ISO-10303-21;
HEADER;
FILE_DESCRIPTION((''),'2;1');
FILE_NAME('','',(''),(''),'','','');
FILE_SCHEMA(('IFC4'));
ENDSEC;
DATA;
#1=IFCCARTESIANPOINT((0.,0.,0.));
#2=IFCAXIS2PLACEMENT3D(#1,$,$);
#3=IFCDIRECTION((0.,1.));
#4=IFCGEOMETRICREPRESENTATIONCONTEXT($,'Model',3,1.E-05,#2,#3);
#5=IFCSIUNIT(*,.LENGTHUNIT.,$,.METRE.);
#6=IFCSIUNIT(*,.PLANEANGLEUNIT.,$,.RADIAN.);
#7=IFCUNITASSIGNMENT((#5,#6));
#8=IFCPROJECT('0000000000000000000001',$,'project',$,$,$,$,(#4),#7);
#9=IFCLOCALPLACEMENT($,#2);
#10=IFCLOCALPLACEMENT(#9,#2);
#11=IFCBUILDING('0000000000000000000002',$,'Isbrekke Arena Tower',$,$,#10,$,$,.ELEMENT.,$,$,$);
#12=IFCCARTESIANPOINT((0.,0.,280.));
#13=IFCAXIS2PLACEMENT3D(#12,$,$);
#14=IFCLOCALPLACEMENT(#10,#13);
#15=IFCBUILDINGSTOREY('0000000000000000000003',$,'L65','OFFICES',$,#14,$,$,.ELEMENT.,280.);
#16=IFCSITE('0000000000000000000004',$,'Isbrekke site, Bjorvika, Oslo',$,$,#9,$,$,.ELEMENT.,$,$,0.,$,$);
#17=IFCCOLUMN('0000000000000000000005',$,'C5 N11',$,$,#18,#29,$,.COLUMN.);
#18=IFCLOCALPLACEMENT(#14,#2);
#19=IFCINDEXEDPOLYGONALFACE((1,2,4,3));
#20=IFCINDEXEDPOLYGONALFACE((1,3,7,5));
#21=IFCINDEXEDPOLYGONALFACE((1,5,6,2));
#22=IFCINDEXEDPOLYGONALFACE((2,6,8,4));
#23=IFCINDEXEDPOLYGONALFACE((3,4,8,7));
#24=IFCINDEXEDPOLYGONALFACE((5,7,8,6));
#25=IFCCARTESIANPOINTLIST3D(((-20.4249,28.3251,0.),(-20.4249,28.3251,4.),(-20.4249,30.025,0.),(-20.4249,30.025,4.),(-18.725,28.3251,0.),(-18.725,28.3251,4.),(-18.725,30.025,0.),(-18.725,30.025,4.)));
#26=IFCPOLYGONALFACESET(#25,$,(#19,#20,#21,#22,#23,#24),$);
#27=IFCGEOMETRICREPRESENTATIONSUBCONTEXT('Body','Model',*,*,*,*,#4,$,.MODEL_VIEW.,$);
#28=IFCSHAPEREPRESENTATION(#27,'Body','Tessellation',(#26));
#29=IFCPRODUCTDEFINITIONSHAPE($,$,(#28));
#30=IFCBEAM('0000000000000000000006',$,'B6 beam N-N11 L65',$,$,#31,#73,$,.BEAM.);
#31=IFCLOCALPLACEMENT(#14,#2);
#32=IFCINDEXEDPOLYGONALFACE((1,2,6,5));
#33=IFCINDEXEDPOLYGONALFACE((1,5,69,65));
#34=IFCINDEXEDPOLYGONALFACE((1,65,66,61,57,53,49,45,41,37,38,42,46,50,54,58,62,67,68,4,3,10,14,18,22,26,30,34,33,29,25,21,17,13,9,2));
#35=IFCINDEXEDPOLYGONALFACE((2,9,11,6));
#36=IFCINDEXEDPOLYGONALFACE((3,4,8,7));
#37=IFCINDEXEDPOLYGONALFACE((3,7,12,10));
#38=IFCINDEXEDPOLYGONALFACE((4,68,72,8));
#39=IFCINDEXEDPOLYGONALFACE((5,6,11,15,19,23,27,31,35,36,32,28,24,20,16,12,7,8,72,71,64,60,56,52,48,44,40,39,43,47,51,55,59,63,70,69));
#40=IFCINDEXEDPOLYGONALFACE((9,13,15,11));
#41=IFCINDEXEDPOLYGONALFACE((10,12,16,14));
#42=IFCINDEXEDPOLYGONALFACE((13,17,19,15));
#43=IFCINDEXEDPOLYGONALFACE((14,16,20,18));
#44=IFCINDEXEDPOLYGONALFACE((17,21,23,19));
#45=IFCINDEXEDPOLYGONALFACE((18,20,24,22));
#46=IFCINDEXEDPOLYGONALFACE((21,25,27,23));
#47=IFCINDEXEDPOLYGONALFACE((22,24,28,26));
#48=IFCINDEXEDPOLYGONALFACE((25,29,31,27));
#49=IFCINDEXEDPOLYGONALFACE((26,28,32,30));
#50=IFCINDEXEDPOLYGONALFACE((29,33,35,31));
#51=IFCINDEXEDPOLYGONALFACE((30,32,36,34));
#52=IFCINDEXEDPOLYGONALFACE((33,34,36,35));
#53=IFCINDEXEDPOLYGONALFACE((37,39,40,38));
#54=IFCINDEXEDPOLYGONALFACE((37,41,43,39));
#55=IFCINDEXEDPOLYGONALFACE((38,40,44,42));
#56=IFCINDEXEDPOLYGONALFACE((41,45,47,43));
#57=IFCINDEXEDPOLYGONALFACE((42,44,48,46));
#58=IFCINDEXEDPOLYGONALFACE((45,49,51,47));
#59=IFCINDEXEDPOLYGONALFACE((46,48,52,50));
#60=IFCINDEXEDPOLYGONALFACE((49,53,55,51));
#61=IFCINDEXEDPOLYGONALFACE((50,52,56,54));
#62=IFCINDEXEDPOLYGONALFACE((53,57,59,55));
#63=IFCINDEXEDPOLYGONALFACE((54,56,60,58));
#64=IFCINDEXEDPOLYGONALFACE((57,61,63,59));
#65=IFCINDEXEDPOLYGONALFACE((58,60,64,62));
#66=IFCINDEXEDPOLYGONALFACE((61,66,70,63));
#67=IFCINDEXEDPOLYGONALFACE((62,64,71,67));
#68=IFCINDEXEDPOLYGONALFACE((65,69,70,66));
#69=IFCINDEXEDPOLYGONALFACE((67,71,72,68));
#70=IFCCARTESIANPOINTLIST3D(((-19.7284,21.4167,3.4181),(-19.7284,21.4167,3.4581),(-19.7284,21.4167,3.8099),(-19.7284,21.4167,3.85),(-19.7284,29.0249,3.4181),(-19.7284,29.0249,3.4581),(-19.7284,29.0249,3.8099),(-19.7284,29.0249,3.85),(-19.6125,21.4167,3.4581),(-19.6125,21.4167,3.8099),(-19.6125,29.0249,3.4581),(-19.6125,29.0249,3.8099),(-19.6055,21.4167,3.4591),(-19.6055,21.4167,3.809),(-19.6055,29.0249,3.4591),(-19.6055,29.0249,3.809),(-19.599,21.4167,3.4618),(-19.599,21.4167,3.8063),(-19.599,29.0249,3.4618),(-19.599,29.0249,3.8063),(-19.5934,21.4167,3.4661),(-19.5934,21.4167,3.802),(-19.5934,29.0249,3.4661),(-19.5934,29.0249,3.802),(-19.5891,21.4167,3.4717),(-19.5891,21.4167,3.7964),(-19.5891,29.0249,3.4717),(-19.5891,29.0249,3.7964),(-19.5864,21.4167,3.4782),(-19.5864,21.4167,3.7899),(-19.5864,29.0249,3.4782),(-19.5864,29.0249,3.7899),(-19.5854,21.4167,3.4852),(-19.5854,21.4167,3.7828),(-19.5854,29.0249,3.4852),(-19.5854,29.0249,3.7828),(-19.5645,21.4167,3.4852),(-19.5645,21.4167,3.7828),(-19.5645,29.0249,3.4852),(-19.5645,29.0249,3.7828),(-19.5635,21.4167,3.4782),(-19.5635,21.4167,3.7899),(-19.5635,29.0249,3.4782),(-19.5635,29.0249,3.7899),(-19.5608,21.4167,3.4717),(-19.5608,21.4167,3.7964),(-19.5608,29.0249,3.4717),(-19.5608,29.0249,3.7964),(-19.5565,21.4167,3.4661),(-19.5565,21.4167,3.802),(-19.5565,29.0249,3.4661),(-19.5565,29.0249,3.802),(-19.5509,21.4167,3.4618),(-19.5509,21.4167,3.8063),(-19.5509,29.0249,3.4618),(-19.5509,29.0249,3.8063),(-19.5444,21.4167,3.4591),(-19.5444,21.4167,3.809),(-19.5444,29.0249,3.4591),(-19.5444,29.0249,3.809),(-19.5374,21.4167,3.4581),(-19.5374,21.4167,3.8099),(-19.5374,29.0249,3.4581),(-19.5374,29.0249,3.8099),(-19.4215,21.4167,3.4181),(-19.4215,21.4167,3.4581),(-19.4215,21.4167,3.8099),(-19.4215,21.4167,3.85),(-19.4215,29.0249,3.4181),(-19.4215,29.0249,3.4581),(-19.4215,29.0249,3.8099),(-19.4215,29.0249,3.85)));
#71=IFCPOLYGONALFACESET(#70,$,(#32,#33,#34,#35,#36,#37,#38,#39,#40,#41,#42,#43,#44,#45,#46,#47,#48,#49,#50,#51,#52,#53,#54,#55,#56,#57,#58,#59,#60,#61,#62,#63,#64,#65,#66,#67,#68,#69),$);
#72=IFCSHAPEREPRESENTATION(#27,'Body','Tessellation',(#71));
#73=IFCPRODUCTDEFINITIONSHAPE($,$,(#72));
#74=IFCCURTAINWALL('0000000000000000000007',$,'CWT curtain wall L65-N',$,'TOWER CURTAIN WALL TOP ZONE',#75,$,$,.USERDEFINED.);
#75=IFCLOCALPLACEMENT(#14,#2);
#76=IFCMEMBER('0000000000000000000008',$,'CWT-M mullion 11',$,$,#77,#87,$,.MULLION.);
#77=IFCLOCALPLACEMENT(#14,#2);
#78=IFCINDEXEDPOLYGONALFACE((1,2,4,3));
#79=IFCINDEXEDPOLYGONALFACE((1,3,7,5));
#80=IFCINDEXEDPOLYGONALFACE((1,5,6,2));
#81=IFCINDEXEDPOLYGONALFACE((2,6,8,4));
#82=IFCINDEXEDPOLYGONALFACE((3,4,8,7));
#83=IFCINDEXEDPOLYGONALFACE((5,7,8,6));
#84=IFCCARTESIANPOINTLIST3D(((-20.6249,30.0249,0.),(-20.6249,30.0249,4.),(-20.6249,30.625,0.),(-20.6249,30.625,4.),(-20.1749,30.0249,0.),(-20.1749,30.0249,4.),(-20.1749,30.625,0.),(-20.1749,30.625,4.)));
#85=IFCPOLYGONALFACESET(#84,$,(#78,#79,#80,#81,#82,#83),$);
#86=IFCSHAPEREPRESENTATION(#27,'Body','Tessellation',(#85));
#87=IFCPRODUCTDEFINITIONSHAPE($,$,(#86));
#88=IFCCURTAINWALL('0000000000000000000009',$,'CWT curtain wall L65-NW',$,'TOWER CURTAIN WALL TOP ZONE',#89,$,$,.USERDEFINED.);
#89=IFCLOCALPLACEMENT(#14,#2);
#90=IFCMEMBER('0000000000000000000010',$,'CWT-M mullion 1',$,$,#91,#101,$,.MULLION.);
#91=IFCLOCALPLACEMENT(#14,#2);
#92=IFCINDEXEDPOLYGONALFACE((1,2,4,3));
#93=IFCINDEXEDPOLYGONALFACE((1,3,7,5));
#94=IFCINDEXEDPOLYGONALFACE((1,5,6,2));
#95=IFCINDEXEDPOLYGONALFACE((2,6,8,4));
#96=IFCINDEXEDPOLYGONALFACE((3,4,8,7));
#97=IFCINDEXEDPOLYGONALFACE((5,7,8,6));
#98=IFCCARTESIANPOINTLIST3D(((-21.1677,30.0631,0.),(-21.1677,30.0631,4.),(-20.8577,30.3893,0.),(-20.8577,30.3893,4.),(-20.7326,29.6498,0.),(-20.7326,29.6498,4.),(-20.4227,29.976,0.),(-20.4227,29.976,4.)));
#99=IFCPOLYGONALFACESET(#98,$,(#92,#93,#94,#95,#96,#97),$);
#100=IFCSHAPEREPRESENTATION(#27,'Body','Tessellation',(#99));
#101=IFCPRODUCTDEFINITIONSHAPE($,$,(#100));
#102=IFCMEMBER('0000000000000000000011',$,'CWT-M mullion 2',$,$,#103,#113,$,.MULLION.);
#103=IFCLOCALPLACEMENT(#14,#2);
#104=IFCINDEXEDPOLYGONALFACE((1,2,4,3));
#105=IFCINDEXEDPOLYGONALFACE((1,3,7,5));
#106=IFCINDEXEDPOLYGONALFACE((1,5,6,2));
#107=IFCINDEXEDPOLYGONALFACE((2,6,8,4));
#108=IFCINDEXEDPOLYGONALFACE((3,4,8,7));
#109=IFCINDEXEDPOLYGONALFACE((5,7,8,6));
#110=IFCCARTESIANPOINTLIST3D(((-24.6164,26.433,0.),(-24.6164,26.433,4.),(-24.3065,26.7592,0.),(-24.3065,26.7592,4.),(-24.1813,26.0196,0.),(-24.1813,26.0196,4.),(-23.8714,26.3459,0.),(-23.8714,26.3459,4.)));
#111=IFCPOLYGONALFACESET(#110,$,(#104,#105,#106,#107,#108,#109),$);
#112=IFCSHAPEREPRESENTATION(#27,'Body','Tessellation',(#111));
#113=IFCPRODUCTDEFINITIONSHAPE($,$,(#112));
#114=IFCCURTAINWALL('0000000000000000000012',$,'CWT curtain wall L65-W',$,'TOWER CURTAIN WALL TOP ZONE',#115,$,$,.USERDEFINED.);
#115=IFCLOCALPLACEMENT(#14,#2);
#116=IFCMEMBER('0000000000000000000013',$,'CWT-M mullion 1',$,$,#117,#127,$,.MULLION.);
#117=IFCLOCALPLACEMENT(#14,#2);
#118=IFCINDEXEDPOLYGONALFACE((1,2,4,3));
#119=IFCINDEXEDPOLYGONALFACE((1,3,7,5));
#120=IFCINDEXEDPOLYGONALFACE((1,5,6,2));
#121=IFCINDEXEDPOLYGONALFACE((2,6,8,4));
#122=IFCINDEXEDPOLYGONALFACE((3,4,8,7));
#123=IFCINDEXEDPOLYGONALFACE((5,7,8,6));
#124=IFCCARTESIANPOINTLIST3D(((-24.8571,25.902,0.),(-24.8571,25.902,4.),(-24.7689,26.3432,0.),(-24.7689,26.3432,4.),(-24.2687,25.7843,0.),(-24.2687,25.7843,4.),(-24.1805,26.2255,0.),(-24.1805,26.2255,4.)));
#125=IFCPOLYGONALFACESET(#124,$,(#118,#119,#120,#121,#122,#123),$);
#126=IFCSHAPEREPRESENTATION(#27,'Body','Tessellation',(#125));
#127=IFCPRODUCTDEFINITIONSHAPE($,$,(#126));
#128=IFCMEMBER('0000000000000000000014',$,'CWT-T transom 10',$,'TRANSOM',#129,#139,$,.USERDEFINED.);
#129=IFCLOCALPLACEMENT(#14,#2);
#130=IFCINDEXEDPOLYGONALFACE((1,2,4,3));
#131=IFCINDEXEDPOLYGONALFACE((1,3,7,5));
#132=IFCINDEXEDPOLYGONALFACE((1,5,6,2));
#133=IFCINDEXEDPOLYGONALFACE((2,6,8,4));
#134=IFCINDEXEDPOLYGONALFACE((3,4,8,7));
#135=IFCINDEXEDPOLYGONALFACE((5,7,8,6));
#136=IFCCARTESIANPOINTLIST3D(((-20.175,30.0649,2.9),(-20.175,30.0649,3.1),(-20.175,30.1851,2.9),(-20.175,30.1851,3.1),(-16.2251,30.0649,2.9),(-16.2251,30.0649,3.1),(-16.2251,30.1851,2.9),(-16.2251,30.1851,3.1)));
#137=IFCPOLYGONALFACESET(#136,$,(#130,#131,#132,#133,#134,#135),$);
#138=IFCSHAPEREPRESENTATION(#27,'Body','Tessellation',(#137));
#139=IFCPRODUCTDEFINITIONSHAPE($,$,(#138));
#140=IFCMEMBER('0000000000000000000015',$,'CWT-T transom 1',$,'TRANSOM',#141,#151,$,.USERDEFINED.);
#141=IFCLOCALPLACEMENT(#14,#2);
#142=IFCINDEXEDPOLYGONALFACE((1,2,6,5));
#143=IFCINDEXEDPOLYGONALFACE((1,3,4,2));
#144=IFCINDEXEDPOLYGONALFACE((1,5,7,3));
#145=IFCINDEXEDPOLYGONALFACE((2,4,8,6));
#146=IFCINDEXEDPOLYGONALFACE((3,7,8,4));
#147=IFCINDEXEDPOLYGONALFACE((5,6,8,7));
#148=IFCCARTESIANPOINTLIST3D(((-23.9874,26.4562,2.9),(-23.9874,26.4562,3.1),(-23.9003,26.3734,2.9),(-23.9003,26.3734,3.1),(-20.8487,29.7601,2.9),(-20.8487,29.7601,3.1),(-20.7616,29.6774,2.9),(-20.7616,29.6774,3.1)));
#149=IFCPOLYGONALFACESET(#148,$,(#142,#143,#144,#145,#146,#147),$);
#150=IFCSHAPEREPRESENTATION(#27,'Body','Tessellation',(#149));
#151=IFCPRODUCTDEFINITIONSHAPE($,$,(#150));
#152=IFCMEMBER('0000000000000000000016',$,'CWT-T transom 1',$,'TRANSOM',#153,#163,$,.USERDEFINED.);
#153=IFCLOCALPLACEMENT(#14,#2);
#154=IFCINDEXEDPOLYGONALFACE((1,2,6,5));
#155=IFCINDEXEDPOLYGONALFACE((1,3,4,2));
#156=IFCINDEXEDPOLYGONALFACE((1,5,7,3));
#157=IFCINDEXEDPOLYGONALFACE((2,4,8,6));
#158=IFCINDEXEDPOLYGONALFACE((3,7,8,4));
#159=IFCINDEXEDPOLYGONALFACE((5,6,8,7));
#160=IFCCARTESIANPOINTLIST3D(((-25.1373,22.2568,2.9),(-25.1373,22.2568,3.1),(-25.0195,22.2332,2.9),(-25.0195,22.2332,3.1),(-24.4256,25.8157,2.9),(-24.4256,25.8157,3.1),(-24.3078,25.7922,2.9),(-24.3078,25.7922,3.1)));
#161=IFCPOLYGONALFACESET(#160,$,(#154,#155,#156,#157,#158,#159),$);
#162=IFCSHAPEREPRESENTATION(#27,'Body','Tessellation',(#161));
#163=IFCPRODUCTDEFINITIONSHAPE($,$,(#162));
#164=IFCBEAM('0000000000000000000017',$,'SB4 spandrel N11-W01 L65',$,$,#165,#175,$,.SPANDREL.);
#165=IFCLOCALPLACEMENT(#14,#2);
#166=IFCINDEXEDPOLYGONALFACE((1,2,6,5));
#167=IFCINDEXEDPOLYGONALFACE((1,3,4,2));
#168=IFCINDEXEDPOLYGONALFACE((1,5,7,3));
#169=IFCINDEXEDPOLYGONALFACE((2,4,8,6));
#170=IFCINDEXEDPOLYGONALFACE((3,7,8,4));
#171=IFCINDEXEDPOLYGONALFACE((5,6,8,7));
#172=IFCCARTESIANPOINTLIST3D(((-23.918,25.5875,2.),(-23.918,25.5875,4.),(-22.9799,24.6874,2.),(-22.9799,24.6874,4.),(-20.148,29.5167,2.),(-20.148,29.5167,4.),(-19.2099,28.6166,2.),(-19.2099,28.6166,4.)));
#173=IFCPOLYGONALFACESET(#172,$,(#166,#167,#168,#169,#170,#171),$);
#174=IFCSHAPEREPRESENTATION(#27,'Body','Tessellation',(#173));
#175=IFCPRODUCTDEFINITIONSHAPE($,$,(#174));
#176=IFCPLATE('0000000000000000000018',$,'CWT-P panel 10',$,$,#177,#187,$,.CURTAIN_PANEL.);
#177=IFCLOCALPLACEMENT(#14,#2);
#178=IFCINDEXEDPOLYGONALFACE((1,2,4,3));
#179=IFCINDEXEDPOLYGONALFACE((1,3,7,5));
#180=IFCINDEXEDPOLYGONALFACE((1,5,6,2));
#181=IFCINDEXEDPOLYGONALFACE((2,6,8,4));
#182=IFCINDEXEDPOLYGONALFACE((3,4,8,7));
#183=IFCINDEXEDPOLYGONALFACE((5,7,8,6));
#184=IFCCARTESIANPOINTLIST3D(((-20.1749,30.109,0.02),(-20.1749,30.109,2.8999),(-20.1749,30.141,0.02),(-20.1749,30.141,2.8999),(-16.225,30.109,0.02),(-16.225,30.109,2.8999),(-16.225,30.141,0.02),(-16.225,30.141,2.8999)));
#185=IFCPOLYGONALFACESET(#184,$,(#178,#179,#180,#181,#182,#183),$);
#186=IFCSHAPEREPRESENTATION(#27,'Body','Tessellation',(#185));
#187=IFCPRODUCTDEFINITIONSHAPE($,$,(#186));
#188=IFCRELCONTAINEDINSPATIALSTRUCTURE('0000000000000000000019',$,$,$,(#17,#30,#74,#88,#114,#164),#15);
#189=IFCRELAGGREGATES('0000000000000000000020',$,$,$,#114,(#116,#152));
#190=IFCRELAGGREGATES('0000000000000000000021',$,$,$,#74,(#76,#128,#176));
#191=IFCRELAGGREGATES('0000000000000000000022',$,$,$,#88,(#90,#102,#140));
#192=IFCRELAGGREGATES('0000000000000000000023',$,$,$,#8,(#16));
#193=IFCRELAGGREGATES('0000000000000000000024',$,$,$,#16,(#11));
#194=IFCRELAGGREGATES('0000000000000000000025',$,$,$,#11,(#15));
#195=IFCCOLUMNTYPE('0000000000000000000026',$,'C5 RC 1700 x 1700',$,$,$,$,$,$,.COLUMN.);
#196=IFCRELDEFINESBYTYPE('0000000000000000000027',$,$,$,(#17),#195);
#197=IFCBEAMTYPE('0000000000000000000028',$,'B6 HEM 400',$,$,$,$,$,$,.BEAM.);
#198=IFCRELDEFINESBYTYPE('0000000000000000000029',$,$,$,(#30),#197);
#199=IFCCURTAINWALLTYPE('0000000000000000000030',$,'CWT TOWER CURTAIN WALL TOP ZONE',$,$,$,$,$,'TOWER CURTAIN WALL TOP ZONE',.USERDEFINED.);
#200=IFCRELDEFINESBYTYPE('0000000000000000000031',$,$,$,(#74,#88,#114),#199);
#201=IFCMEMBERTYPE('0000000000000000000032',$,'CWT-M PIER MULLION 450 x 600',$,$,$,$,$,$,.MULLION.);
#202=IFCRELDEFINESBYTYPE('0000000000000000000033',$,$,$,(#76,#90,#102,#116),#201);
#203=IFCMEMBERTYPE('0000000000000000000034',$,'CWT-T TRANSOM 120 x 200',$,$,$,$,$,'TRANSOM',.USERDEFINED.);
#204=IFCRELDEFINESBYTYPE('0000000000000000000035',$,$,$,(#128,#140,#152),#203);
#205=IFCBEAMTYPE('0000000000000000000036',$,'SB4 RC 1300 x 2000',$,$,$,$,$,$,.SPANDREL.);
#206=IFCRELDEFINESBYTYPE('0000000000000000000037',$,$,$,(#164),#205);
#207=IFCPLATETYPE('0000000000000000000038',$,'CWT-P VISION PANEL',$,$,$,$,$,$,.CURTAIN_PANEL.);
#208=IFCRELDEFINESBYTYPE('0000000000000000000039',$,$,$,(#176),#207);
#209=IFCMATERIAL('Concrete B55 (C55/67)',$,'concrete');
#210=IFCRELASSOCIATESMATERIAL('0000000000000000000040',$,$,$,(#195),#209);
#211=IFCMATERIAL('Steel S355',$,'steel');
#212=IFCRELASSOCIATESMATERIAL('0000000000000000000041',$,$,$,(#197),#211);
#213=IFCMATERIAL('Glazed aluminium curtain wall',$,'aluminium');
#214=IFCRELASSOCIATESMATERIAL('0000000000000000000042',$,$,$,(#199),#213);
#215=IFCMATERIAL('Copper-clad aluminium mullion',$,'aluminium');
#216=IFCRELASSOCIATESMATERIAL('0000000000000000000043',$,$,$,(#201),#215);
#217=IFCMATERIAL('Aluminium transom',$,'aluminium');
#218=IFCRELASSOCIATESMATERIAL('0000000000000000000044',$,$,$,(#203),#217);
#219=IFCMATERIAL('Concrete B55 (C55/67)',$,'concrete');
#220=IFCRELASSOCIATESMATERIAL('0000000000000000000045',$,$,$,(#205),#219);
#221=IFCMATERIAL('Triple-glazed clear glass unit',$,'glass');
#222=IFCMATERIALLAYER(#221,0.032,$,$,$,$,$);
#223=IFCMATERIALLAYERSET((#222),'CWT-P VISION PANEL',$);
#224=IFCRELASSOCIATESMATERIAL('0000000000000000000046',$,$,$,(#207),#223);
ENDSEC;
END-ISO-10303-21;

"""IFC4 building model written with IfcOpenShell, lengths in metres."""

from ifc_helpers import new_model, si_unit, direction, frame, origin, origin_2d, place, context, subcontext, project, spatial, rectangle, i_section, extrude, material, layer, layer_set, material_profile, profile_set, type_object, element, aggregate, save


model = new_model("IFC4")

# Units and contexts
model_context = context("Model", 3, precision=1e-05, world=origin(), true_north=direction((0.0, 1.0)))
body_context = subcontext(model_context, "Body", "Model", "MODEL_VIEW")
ifc_project = project(units=[si_unit("LENGTHUNIT", "METRE"), si_unit("PLANEANGLEUNIT", "RADIAN")], contexts=[model_context])

# Site, building, storey
site_placement = place(None, origin())
site = spatial("IfcSite", under=ifc_project, at=site_placement, Name="Isbrekke site, Bjorvika, Oslo", CompositionType="ELEMENT", RefElevation=0.0)
building_placement = place(site_placement, origin())
building = spatial("IfcBuilding", under=site, at=building_placement, Name="Isbrekke Arena Tower", CompositionType="ELEMENT")
storey_placement = place(building_placement, frame((0.0, 0.0, 280.0)))
storey = spatial("IfcBuildingStorey", under=building, at=storey_placement, Name="L65", Description="OFFICES", CompositionType="ELEMENT", Elevation=280.0)

# Column
ifc_material_1 = material(Name="Concrete B55 (C55/67)", Category="concrete")
ifc_material_profile_1 = material_profile(ifc_material_1, rectangle(XDim=1.7, YDim=1.7, at=origin_2d()), Name="RC 1700x1700")
ifc_profile_set_1 = profile_set([ifc_material_profile_1], Name="Concrete B55 (C55/67)")
column_type = type_object("IfcColumnType", Name="C5 RC 1700 x 1700", PredefinedType="COLUMN", material=ifc_profile_set_1)
column_placement = place(storey_placement, frame((-19.575, 29.175, 0.0), z_axis=(0.0, 0.0, 1.0), x_axis=(-1.0, 0.0, 0.0)))
element("IfcColumn", 1, at=column_placement, inside=storey, type_object=column_type, Name="C5 N11", PredefinedType="COLUMN", context=body_context, shape_type="SweptSolid", body=[
    extrude(rectangle(XDim=1.7, YDim=1.7, at=origin_2d()), origin(), (0.0, 0.0, 1.0), 4.0),
])

# Beam
ifc_material_2 = material(Name="Steel S355", Category="steel")
ifc_material_profile_2 = material_profile(ifc_material_2, i_section(OverallWidth=0.3069, OverallDepth=0.4319, WebThickness=0.021, FlangeThickness=0.04, FilletRadius=0.0271, at=origin_2d()), Name="HEM 400")
ifc_profile_set_2 = profile_set([ifc_material_profile_2], Name="Steel S355")
beam_type_1 = type_object("IfcBeamType", Name="B6 HEM 400", PredefinedType="BEAM", material=ifc_profile_set_2)
beam_1_placement = place(storey_placement, frame((-19.575, 29.0249, 3.634), z_axis=(0.0, -1.0, 0.0), x_axis=(1.0, 0.0, 0.0)))
element("IfcBeam", 2, at=beam_1_placement, inside=storey, type_object=beam_type_1, Name="B6 beam N-N11 L65", PredefinedType="BEAM", context=body_context, shape_type="SweptSolid", body=[
    extrude(i_section(OverallWidth=0.3069, OverallDepth=0.4319, WebThickness=0.021, FlangeThickness=0.04, FilletRadius=0.0271, at=origin_2d()), origin(), (0.0, 0.0, 1.0), 7.6082),
])

# Curtain wall, member
ifc_material_3 = material(Name="Glazed aluminium curtain wall", Category="aluminium")
curtain_wall_type = type_object("IfcCurtainWallType", Name="CWT TOWER CURTAIN WALL TOP ZONE", ElementType="TOWER CURTAIN WALL TOP ZONE", PredefinedType="USERDEFINED", material=ifc_material_3)
curtain_wall_1_placement = place(storey_placement, origin())
curtain_wall_1 = element("IfcCurtainWall", 3, at=curtain_wall_1_placement, inside=storey, type_object=curtain_wall_type, Name="CWT curtain wall L65-N", ObjectType="TOWER CURTAIN WALL TOP ZONE", PredefinedType="USERDEFINED")
ifc_material_4 = material(Name="Copper-clad aluminium mullion", Category="aluminium")
ifc_material_profile_3 = material_profile(ifc_material_4, rectangle(XDim=0.45, YDim=0.6001, at=origin_2d()), Name="PIER 450X600")
ifc_profile_set_3 = profile_set([ifc_material_profile_3], Name="Copper-clad aluminium mullion")
member_type_1 = type_object("IfcMemberType", Name="CWT-M PIER MULLION 450 x 600", PredefinedType="MULLION", material=ifc_profile_set_3)
member_1_placement = place(storey_placement, frame((-20.3999, 30.325, 0.0), z_axis=(0.0, 0.0, 1.0), x_axis=(-1.0, 0.0, 0.0)))
member_1 = element("IfcMember", 4, at=member_1_placement, type_object=member_type_1, Name="CWT-M mullion 11", PredefinedType="MULLION", context=body_context, shape_type="SweptSolid", body=[
    extrude(rectangle(XDim=0.45, YDim=0.6001, at=origin_2d()), origin(), (0.0, 0.0, 1.0), 4.0),
])

# Curtain wall, members
curtain_wall_2_placement = place(storey_placement, origin())
curtain_wall_2 = element("IfcCurtainWall", 5, at=curtain_wall_2_placement, inside=storey, type_object=curtain_wall_type, Name="CWT curtain wall L65-NW", ObjectType="TOWER CURTAIN WALL TOP ZONE", PredefinedType="USERDEFINED")
member_2_placement = place(storey_placement, frame((-20.7952, 30.0195, 0.0), z_axis=(0.0, 0.0, 1.0), x_axis=(-0.688749, -0.724999, 0.0)))
member_2 = element("IfcMember", 6, at=member_2_placement, type_object=member_type_1, Name="CWT-M mullion 1", PredefinedType="MULLION", context=body_context, shape_type="SweptSolid", body=[
    extrude(rectangle(XDim=0.45, YDim=0.6001, at=origin_2d()), origin(), (0.0, 0.0, 1.0), 4.0),
])
member_3_placement = place(storey_placement, frame((-24.2439, 26.3894, 0.0), z_axis=(0.0, 0.0, 1.0), x_axis=(-0.688749, -0.724999, 0.0)))
member_3 = element("IfcMember", 7, at=member_3_placement, type_object=member_type_1, Name="CWT-M mullion 2", PredefinedType="MULLION", context=body_context, shape_type="SweptSolid", body=[
    extrude(rectangle(XDim=0.45, YDim=0.6001, at=origin_2d()), origin(), (0.0, 0.0, 1.0), 4.0),
])

# Curtain wall, member
curtain_wall_3_placement = place(storey_placement, origin())
curtain_wall_3 = element("IfcCurtainWall", 8, at=curtain_wall_3_placement, inside=storey, type_object=curtain_wall_type, Name="CWT curtain wall L65-W", ObjectType="TOWER CURTAIN WALL TOP ZONE", PredefinedType="USERDEFINED")
member_4_placement = place(storey_placement, frame((-24.5188, 26.0637, 0.0), z_axis=(0.0, 0.0, 1.0), x_axis=(-0.196116, -0.980581, 0.0)))
member_4 = element("IfcMember", 9, at=member_4_placement, type_object=member_type_1, Name="CWT-M mullion 1", PredefinedType="MULLION", context=body_context, shape_type="SweptSolid", body=[
    extrude(rectangle(XDim=0.45, YDim=0.6001, at=origin_2d()), origin(), (0.0, 0.0, 1.0), 4.0),
])

# Members
ifc_material_5 = material(Name="Aluminium transom", Category="aluminium")
ifc_material_profile_4 = material_profile(ifc_material_5, rectangle(XDim=0.1201, YDim=0.2, at=origin_2d()), Name="TRANSOM 120X200")
ifc_profile_set_4 = profile_set([ifc_material_profile_4], Name="Aluminium transom")
member_type_2 = type_object("IfcMemberType", Name="CWT-T TRANSOM 120 x 200", ElementType="TRANSOM", PredefinedType="USERDEFINED", material=ifc_profile_set_4)
member_5_placement = place(storey_placement, frame((-16.2251, 30.125, 3.0), z_axis=(-1.0, 0.0, 0.0), x_axis=(0.0, -1.0, 0.0)))
member_5 = element("IfcMember", 10, at=member_5_placement, type_object=member_type_2, Name="CWT-T transom 10", ObjectType="TRANSOM", PredefinedType="USERDEFINED", context=body_context, shape_type="SweptSolid", body=[
    extrude(rectangle(XDim=0.1201, YDim=0.2, at=origin_2d()), origin(), (0.0, 0.0, 1.0), 3.95),
])
member_6_placement = place(storey_placement, frame((-20.8052, 29.7188, 3.0), z_axis=(-0.68874, -0.725009, 0.0), x_axis=(0.725009, -0.68874, 0.0)))
member_6 = element("IfcMember", 11, at=member_6_placement, type_object=member_type_2, Name="CWT-T transom 1", ObjectType="TRANSOM", PredefinedType="USERDEFINED", context=body_context, shape_type="SweptSolid", body=[
    extrude(rectangle(XDim=0.1201, YDim=0.2, at=origin_2d()), origin(), (0.0, 0.0, 1.0), 4.5571),
])
member_7_placement = place(storey_placement, frame((-24.3667, 25.804, 3.0), z_axis=(-0.19609, -0.980586, 0.0), x_axis=(0.980586, -0.19609, 0.0)))
member_7 = element("IfcMember", 12, at=member_7_placement, type_object=member_type_2, Name="CWT-T transom 1", ObjectType="TRANSOM", PredefinedType="USERDEFINED", context=body_context, shape_type="SweptSolid", body=[
    extrude(rectangle(XDim=0.1201, YDim=0.2, at=origin_2d()), origin(), (0.0, 0.0, 1.0), 3.6294),
])
aggregate(curtain_wall_3, [member_4, member_7])

# Beam
ifc_material_6 = material(Name="Concrete B55 (C55/67)", Category="concrete")
ifc_material_profile_5 = material_profile(ifc_material_6, rectangle(XDim=1.3, YDim=2.0, at=origin_2d()), Name="RC 1300x2000")
ifc_profile_set_5 = profile_set([ifc_material_profile_5], Name="Concrete B55 (C55/67)")
beam_type_2 = type_object("IfcBeamType", Name="SB4 RC 1300 x 2000", PredefinedType="SPANDREL", material=ifc_profile_set_5)
beam_2_placement = place(storey_placement, frame((-19.679, 29.0667, 3.0), z_axis=(-0.69234, -0.721572, 0.0), x_axis=(0.721572, -0.69234, 0.0)))
element("IfcBeam", 13, at=beam_2_placement, inside=storey, type_object=beam_type_2, Name="SB4 spandrel N11-W01 L65", PredefinedType="SPANDREL", context=body_context, shape_type="SweptSolid", body=[
    extrude(rectangle(XDim=1.3, YDim=2.0, at=origin_2d()), origin(), (0.0, 0.0, 1.0), 5.4453),
])

# Plate
ifc_material_7 = material(Name="Triple-glazed clear glass unit", Category="glass")
ifc_layer_1 = layer(ifc_material_7, 0.032)
ifc_layer_set_1 = layer_set([ifc_layer_1], Name="CWT-P VISION PANEL")
plate_type = type_object("IfcPlateType", Name="CWT-P VISION PANEL", PredefinedType="CURTAIN_PANEL", material=ifc_layer_set_1)
plate_1_placement = place(storey_placement, frame((-18.2, 30.125, 0.02), z_axis=(0.0, 0.0, 1.0), x_axis=(-1.0, 0.0, 0.0)))
plate_1 = element("IfcPlate", 14, at=plate_1_placement, type_object=plate_type, Name="CWT-P panel 10", PredefinedType="CURTAIN_PANEL", context=body_context, shape_type="SweptSolid", body=[
    extrude(rectangle(XDim=3.95, YDim=0.032, at=origin_2d()), origin(), (0.0, 0.0, 1.0), 2.8799),
])
aggregate(curtain_wall_1, [member_1, member_5, plate_1])
aggregate(curtain_wall_2, [member_2, member_3, member_6])

save(model, "model.ifc")
